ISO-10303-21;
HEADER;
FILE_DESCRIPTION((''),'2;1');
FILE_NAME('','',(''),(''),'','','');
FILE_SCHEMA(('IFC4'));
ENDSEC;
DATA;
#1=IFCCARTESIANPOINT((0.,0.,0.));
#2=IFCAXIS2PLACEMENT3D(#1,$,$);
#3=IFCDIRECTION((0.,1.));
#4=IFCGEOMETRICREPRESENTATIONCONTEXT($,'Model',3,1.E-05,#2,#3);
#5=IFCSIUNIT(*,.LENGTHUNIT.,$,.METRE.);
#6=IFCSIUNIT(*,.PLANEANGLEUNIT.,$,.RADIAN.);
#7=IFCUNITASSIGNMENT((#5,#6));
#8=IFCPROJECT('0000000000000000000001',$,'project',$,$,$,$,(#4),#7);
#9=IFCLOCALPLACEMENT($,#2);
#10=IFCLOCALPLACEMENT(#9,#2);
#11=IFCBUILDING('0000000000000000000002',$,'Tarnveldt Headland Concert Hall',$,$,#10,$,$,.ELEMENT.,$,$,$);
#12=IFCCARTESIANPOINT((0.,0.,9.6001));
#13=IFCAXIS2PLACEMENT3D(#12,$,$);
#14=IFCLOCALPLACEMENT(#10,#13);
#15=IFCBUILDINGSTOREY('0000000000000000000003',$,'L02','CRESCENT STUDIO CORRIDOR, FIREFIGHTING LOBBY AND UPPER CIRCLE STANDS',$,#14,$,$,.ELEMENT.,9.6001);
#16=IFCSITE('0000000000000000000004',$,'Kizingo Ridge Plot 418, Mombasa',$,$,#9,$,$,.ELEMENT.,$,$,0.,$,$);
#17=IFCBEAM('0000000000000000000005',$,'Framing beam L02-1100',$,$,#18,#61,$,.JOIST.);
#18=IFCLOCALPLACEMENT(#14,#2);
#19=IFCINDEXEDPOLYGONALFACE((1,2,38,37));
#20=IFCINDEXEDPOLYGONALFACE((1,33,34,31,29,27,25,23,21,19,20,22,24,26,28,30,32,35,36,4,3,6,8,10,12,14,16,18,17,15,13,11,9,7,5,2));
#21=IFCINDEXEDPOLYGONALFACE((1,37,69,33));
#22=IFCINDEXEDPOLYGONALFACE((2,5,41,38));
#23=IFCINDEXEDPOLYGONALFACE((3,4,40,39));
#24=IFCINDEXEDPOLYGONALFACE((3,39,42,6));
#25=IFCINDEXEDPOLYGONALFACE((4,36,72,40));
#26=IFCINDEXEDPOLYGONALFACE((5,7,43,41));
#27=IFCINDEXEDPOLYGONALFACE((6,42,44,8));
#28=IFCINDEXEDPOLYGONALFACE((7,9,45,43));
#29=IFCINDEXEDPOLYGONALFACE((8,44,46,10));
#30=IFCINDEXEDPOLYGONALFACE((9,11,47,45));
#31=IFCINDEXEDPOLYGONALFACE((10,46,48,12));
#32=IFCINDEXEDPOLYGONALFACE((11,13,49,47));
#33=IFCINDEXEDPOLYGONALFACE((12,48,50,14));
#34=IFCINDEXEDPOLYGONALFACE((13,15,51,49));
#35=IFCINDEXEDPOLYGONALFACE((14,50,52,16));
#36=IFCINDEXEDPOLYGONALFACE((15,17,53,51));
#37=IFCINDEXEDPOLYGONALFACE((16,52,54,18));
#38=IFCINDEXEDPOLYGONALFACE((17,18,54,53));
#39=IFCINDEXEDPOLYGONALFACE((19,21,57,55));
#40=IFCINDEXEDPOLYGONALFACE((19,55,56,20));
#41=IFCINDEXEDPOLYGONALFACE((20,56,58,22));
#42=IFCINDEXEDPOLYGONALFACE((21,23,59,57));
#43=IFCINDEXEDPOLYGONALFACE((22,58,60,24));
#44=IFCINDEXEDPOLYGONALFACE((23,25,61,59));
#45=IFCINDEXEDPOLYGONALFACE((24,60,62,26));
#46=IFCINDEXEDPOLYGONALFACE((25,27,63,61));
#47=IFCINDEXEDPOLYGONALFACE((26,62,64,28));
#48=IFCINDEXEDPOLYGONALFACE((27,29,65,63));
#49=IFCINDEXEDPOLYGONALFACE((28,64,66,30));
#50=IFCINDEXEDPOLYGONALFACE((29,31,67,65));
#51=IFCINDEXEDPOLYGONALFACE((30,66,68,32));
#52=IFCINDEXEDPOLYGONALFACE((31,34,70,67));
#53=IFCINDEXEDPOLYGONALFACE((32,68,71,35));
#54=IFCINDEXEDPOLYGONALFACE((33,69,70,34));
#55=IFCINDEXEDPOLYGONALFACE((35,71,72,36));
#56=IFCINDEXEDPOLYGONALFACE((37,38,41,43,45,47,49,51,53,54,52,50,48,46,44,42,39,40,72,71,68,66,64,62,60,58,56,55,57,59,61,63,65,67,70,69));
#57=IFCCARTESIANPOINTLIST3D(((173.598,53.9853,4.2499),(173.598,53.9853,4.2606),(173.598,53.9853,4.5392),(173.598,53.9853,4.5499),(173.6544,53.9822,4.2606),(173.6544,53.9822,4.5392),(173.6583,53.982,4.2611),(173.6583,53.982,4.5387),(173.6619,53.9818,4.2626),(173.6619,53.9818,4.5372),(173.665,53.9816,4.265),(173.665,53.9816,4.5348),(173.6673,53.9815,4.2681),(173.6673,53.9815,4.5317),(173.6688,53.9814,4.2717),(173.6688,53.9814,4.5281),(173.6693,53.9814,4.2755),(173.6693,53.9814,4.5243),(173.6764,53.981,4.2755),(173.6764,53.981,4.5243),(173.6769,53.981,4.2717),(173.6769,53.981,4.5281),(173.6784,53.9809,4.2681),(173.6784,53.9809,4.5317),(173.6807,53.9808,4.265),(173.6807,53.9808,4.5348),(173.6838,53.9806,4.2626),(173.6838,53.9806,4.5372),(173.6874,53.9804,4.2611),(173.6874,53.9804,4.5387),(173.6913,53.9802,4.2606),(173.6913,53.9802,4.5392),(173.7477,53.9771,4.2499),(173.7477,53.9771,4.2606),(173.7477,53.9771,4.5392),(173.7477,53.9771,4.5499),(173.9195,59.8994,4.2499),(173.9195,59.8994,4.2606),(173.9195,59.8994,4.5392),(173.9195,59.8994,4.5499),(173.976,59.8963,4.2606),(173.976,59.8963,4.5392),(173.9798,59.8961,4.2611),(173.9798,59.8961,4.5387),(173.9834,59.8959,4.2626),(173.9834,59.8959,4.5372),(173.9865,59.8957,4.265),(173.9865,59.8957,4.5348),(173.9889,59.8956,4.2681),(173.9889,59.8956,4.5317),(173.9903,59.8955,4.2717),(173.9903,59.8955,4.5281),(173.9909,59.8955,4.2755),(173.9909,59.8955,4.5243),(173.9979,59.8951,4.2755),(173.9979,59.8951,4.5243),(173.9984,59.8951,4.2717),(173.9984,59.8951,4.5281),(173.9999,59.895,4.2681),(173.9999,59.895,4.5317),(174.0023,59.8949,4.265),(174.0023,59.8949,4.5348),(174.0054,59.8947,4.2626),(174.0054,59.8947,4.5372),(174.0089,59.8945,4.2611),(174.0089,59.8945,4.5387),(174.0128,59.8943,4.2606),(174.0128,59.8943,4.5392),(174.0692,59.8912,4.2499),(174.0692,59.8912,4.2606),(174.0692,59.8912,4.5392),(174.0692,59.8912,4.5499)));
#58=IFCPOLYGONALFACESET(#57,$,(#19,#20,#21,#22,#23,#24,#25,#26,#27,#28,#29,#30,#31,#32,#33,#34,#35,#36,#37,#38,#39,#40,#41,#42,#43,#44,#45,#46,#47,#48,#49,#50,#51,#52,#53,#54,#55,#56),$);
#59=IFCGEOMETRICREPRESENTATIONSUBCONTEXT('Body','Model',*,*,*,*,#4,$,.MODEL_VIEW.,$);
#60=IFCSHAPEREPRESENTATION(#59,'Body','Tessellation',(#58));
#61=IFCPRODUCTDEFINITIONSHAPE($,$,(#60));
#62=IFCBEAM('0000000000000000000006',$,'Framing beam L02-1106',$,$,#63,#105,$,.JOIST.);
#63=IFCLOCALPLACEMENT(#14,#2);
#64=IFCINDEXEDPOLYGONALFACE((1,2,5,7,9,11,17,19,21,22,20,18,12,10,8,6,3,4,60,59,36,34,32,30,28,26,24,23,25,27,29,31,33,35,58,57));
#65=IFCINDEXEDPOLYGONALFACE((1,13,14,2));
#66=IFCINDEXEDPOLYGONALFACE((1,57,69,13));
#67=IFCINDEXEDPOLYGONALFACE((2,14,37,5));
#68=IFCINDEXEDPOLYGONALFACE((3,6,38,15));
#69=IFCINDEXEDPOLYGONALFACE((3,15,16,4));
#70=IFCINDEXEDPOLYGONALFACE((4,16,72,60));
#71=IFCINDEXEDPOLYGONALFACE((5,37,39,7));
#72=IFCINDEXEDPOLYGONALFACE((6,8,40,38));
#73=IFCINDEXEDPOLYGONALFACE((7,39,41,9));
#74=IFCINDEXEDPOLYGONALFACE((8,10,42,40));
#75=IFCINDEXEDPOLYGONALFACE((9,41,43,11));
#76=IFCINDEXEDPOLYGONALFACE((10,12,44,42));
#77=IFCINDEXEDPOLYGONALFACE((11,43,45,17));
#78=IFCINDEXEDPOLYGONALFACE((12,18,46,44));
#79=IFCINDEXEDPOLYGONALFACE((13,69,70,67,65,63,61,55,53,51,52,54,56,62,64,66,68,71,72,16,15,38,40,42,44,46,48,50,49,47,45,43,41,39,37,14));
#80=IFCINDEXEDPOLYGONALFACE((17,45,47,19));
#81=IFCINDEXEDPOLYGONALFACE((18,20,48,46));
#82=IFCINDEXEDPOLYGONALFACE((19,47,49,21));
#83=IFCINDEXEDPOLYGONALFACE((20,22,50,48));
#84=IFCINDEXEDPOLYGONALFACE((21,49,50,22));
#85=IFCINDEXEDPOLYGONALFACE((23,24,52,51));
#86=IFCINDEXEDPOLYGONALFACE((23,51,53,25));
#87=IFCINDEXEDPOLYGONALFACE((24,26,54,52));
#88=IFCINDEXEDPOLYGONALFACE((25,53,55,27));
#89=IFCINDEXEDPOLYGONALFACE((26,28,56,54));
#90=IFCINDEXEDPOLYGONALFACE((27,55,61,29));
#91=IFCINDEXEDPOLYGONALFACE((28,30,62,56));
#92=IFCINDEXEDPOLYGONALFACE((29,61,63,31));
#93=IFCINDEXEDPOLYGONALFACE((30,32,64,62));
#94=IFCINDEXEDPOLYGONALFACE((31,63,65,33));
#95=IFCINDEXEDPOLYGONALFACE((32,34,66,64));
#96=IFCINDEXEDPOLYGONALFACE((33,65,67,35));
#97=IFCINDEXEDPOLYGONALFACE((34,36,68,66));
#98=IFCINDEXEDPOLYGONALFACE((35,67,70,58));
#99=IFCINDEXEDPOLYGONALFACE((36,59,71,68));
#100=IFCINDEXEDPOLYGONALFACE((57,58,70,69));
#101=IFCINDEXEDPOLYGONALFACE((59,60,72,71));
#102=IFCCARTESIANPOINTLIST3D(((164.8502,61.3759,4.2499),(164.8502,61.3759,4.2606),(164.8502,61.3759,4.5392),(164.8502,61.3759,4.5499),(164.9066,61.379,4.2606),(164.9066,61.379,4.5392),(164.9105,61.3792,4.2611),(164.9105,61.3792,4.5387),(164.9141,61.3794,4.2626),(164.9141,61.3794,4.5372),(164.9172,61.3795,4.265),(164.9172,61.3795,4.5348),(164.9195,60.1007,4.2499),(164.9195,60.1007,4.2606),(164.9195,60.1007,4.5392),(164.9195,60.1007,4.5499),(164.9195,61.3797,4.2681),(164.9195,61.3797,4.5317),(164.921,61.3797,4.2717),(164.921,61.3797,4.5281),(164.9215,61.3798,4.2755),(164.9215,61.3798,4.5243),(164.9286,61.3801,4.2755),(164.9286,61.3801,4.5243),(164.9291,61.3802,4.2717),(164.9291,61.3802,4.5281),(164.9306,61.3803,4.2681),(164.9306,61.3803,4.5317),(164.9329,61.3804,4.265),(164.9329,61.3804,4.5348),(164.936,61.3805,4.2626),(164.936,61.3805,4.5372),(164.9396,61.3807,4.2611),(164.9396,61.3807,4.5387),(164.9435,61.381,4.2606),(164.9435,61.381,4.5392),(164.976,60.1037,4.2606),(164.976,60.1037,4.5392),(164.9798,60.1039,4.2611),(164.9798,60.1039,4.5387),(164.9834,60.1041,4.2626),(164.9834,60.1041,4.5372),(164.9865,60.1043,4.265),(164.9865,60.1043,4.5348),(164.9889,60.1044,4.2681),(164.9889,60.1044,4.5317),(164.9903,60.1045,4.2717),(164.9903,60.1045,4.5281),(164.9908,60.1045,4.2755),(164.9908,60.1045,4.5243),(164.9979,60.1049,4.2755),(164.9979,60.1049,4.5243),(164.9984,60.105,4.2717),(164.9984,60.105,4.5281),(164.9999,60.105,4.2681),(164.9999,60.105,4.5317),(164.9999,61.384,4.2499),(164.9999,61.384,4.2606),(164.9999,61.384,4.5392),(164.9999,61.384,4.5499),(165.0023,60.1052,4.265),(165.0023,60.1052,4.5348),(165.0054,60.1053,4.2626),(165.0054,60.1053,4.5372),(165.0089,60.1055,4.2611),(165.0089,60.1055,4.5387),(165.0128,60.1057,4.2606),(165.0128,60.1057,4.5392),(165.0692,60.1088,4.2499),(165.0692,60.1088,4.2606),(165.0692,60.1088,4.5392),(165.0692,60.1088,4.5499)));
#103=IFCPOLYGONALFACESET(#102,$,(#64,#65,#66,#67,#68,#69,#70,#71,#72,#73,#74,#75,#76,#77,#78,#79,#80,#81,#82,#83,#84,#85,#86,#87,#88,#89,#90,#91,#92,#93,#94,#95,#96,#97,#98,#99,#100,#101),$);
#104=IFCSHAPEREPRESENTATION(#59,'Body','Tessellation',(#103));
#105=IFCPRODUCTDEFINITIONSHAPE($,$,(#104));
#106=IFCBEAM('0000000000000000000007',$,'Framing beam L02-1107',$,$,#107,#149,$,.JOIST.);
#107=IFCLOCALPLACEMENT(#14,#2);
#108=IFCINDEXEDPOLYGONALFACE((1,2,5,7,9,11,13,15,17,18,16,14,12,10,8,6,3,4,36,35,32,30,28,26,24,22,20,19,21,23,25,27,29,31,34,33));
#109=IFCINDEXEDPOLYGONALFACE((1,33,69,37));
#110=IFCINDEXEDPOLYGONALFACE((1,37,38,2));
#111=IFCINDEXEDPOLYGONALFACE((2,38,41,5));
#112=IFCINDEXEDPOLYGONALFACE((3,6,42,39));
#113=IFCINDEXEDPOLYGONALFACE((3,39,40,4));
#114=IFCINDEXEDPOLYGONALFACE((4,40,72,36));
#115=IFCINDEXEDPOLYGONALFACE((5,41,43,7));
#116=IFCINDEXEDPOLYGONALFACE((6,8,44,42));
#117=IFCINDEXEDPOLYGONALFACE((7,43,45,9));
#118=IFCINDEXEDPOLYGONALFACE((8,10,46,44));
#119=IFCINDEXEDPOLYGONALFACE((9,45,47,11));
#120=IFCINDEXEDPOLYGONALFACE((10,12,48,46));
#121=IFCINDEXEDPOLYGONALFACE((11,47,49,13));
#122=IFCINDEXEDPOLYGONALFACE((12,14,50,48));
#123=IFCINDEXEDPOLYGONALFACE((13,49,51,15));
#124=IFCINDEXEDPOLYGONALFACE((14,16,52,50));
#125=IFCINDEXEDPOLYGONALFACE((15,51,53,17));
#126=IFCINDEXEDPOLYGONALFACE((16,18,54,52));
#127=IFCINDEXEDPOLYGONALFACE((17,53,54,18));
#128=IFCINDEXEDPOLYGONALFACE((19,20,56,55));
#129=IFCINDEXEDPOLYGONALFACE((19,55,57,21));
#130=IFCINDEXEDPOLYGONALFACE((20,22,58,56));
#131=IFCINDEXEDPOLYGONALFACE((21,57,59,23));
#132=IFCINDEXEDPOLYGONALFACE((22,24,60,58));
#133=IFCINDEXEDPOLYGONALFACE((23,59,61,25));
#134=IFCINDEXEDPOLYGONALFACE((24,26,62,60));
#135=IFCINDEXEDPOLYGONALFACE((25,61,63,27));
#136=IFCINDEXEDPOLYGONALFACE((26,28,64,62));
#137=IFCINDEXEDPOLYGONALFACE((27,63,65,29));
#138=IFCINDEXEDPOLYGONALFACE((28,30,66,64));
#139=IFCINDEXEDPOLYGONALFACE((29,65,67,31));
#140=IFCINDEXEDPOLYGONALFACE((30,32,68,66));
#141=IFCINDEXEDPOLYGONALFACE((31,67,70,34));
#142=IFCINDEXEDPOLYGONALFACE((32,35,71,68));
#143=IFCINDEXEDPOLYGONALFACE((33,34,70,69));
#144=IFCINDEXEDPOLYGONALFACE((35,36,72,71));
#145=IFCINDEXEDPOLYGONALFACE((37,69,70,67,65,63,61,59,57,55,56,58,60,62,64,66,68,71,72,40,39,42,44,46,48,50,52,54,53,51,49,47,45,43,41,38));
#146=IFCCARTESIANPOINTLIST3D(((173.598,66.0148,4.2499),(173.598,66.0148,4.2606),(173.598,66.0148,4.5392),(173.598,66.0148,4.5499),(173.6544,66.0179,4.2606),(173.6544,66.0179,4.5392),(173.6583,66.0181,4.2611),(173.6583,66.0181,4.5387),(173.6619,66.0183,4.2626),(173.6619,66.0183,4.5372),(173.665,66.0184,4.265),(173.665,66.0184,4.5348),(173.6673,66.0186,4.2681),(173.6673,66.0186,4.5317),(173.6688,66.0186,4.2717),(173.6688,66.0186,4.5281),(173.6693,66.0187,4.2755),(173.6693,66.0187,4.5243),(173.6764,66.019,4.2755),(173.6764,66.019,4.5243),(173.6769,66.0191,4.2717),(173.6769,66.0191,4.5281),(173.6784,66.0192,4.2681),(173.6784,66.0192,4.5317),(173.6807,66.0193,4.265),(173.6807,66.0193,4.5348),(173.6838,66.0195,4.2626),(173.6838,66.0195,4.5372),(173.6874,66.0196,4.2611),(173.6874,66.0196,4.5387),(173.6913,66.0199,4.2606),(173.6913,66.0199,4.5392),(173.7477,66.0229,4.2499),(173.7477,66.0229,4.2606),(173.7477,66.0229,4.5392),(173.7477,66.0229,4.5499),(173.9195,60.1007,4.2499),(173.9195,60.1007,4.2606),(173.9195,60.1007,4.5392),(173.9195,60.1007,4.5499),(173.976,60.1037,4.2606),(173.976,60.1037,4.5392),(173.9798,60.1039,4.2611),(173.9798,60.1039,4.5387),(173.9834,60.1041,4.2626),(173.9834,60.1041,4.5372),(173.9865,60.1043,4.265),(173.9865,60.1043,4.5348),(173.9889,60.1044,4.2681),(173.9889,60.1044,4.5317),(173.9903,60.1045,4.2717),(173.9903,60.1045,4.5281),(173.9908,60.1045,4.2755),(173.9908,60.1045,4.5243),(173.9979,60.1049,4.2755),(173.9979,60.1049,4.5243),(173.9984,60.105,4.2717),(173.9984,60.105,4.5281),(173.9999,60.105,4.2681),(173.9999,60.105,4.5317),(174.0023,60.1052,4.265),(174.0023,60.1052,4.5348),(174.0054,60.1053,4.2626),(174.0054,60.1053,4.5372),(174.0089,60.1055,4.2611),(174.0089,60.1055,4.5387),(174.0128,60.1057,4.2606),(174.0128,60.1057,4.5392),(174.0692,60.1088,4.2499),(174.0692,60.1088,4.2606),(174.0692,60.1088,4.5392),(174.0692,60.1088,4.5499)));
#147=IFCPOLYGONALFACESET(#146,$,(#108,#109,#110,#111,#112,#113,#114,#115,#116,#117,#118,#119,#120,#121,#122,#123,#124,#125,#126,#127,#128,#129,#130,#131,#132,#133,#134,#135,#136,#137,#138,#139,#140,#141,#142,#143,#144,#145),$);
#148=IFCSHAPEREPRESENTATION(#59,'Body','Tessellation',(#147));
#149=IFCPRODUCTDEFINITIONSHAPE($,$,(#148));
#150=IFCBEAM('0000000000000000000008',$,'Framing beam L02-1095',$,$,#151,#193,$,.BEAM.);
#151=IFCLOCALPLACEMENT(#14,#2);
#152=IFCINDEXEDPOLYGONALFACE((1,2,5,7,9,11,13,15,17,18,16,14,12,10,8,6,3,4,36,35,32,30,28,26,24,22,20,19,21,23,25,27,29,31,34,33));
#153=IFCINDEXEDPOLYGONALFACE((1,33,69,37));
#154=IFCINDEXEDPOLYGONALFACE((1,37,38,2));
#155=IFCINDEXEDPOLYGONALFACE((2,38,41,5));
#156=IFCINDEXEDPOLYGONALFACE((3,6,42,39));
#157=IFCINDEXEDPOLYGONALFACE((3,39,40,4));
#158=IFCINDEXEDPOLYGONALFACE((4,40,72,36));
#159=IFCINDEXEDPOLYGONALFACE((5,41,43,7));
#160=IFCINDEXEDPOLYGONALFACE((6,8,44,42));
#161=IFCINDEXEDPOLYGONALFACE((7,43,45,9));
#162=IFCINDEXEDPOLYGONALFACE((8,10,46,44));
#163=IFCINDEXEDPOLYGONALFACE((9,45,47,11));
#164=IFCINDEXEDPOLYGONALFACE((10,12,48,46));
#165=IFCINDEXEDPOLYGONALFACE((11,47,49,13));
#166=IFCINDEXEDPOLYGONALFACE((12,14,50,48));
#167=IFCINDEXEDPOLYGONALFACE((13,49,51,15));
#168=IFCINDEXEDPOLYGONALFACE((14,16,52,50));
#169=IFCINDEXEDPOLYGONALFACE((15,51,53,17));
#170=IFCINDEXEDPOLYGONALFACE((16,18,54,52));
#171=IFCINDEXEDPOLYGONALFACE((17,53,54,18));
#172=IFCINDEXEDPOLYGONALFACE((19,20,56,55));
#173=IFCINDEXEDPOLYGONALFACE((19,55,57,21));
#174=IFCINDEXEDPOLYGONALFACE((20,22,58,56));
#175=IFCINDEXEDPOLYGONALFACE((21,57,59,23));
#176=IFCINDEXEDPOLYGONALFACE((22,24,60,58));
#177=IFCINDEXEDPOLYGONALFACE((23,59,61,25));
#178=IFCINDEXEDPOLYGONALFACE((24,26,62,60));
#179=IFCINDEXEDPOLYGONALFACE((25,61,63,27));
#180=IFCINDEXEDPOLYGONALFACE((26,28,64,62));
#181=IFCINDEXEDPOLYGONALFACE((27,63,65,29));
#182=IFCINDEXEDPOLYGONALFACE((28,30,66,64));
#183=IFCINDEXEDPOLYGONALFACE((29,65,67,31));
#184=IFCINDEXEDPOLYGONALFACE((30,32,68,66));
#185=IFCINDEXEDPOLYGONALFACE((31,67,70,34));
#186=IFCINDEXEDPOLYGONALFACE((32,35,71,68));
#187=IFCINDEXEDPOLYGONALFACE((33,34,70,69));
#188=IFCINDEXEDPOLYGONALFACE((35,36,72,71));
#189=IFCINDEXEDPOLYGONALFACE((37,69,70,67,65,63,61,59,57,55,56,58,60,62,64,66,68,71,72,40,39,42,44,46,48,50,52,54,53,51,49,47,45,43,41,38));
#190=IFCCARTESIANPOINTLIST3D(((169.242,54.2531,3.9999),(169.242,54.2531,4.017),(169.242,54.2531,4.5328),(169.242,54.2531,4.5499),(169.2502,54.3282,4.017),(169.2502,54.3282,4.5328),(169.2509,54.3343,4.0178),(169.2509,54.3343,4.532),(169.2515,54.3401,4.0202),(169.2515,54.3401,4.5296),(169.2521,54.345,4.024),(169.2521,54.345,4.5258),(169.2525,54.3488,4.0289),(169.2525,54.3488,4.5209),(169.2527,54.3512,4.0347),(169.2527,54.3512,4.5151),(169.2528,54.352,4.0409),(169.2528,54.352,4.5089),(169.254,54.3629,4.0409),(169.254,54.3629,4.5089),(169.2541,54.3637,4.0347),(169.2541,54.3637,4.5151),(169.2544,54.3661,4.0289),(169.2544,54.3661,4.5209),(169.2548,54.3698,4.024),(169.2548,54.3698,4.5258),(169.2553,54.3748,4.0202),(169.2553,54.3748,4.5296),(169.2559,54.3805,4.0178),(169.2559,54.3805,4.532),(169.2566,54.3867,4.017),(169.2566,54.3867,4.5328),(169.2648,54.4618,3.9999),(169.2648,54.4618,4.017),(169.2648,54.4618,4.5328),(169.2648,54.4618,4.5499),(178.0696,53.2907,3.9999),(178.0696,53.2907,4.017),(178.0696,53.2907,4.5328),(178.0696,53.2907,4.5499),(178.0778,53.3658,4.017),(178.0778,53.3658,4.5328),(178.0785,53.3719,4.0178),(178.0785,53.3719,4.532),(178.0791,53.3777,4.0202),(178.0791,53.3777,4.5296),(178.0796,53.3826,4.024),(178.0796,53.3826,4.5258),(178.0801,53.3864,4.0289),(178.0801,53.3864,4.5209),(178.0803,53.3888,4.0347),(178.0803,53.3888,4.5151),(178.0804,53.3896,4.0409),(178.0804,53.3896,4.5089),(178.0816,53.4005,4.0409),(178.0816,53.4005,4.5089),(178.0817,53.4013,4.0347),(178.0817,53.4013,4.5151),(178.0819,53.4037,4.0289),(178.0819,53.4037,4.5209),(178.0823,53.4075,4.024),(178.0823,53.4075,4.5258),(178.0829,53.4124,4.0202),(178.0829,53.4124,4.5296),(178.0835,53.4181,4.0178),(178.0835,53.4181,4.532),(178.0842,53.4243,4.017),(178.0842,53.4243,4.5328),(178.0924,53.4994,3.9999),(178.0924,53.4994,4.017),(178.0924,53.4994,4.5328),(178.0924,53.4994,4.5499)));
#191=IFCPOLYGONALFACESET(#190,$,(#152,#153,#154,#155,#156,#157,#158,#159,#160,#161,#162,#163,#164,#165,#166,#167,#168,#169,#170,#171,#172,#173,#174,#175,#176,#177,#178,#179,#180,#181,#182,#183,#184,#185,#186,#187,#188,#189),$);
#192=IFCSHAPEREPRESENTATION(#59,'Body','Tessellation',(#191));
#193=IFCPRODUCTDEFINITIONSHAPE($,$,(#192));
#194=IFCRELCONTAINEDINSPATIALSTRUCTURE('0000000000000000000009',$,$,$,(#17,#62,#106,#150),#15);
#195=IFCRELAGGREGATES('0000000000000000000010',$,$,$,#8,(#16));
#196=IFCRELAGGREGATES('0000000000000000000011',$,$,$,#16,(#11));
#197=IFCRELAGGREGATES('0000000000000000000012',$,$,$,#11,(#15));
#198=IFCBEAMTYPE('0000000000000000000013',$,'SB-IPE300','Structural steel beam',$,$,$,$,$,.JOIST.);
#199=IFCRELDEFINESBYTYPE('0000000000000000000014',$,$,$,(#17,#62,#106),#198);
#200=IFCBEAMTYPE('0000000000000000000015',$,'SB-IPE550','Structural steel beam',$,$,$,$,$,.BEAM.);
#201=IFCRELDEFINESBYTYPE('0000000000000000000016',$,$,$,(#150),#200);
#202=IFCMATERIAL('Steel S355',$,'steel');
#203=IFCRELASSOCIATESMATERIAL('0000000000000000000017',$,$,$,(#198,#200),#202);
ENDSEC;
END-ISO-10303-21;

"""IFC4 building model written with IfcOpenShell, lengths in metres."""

from ifc_helpers import new_model, si_unit, direction, frame, origin, origin_2d, place, context, subcontext, project, spatial, i_section, extrude, material, material_profile, profile_set, type_object, element, save


model = new_model("IFC4")

# Units and contexts
model_context = context("Model", 3, precision=1e-05, world=origin(), true_north=direction((0.0, 1.0)))
body_context = subcontext(model_context, "Body", "Model", "MODEL_VIEW")
ifc_project = project(units=[si_unit("LENGTHUNIT", "METRE"), si_unit("PLANEANGLEUNIT", "RADIAN")], contexts=[model_context])

# Site, building, storey
site_placement = place(None, origin())
site = spatial("IfcSite", under=ifc_project, at=site_placement, Name="Kizingo Ridge Plot 418, Mombasa", CompositionType="ELEMENT", RefElevation=0.0)
building_placement = place(site_placement, origin())
building = spatial("IfcBuilding", under=site, at=building_placement, Name="Tarnveldt Headland Concert Hall", CompositionType="ELEMENT")
storey_placement = place(building_placement, frame((0.0, 0.0, 9.6001)))
storey = spatial("IfcBuildingStorey", under=building, at=storey_placement, Name="L02", Description="CRESCENT STUDIO CORRIDOR, FIREFIGHTING LOBBY AND UPPER CIRCLE STANDS", CompositionType="ELEMENT", Elevation=9.6001)

# Shared definitions
ifc_material_1 = material(Name="Steel S355", Category="steel")

# Beams
ifc_material_profile_1 = material_profile(ifc_material_1, i_section(OverallWidth=0.1499, OverallDepth=0.3, WebThickness=0.0071, FlangeThickness=0.0107, FilletRadius=0.0149, at=origin_2d()), Name="IPE300", Category="steel")
ifc_profile_set_1 = profile_set([ifc_material_profile_1], Name="Steel S355")
beam_type_1 = type_object("IfcBeamType", Name="SB-IPE300", Description="Structural steel beam", PredefinedType="JOIST", material=ifc_profile_set_1)
beam_1_placement = place(storey_placement, frame((173.6729, 53.9812, 4.3999), z_axis=(0.054287, 0.998525, 0.0), x_axis=(-0.998525, 0.054287, 0.0)))
element("IfcBeam", 1, at=beam_1_placement, inside=storey, type_object=beam_type_1, Name="Framing beam L02-1100", PredefinedType="JOIST", context=body_context, shape_type="SweptSolid", body=[
    extrude(i_section(OverallWidth=0.1499, OverallDepth=0.3, WebThickness=0.0071, FlangeThickness=0.0107, FilletRadius=0.0149, at=origin_2d()), origin(), (0.0, 0.0, 1.0), 5.9229),
])
beam_2_placement = place(storey_placement, frame((164.9944, 60.1047, 4.3999), z_axis=(-0.054295, 0.998525, 0.0), x_axis=(-0.998525, -0.054295, 0.0)))
element("IfcBeam", 2, at=beam_2_placement, inside=storey, type_object=beam_type_1, Name="Framing beam L02-1106", PredefinedType="JOIST", context=body_context, shape_type="SweptSolid", body=[
    extrude(i_section(OverallWidth=0.1499, OverallDepth=0.3, WebThickness=0.0071, FlangeThickness=0.0107, FilletRadius=0.0149, at=origin_2d()), origin(), (0.0, 0.0, 1.0), 1.2771),
])
beam_3_placement = place(storey_placement, frame((173.9944, 60.1047, 4.3999), z_axis=(-0.054287, 0.998525, 0.0), x_axis=(-0.998525, -0.054287, 0.0)))
element("IfcBeam", 3, at=beam_3_placement, inside=storey, type_object=beam_type_1, Name="Framing beam L02-1107", PredefinedType="JOIST", context=body_context, shape_type="SweptSolid", body=[
    extrude(i_section(OverallWidth=0.1499, OverallDepth=0.3, WebThickness=0.0071, FlangeThickness=0.0107, FilletRadius=0.0149, at=origin_2d()), origin(), (0.0, 0.0, 1.0), 5.9229),
])
ifc_material_profile_2 = material_profile(ifc_material_1, i_section(OverallWidth=0.21, OverallDepth=0.55, WebThickness=0.011, FlangeThickness=0.0171, FilletRadius=0.0239, at=origin_2d()), Name="IPE550", Category="steel")
ifc_profile_set_2 = profile_set([ifc_material_profile_2], Name="Steel S355")
beam_type_2 = type_object("IfcBeamType", Name="SB-IPE550", Description="Structural steel beam", PredefinedType="BEAM", material=ifc_profile_set_2)
for number, where, z_axis, x_axis, name in (
    (4, (169.2534, 54.3574, 4.2749), (0.99411, -0.108379, 0.0), (0.108379, 0.99411, 0.0), "Framing beam L02-1095"),
):
    element("IfcBeam", number, at=place(storey_placement, frame(where, z_axis=z_axis, x_axis=x_axis)), inside=storey, type_object=beam_type_2, Name=name, PredefinedType="BEAM", context=body_context, shape_type="SweptSolid", body=[
        extrude(i_section(OverallWidth=0.21, OverallDepth=0.55, WebThickness=0.011, FlangeThickness=0.0171, FilletRadius=0.0239, at=origin_2d()), origin(), (0.0, 0.0, 1.0), 8.8799),
    ])

save(model, "model.ifc")
